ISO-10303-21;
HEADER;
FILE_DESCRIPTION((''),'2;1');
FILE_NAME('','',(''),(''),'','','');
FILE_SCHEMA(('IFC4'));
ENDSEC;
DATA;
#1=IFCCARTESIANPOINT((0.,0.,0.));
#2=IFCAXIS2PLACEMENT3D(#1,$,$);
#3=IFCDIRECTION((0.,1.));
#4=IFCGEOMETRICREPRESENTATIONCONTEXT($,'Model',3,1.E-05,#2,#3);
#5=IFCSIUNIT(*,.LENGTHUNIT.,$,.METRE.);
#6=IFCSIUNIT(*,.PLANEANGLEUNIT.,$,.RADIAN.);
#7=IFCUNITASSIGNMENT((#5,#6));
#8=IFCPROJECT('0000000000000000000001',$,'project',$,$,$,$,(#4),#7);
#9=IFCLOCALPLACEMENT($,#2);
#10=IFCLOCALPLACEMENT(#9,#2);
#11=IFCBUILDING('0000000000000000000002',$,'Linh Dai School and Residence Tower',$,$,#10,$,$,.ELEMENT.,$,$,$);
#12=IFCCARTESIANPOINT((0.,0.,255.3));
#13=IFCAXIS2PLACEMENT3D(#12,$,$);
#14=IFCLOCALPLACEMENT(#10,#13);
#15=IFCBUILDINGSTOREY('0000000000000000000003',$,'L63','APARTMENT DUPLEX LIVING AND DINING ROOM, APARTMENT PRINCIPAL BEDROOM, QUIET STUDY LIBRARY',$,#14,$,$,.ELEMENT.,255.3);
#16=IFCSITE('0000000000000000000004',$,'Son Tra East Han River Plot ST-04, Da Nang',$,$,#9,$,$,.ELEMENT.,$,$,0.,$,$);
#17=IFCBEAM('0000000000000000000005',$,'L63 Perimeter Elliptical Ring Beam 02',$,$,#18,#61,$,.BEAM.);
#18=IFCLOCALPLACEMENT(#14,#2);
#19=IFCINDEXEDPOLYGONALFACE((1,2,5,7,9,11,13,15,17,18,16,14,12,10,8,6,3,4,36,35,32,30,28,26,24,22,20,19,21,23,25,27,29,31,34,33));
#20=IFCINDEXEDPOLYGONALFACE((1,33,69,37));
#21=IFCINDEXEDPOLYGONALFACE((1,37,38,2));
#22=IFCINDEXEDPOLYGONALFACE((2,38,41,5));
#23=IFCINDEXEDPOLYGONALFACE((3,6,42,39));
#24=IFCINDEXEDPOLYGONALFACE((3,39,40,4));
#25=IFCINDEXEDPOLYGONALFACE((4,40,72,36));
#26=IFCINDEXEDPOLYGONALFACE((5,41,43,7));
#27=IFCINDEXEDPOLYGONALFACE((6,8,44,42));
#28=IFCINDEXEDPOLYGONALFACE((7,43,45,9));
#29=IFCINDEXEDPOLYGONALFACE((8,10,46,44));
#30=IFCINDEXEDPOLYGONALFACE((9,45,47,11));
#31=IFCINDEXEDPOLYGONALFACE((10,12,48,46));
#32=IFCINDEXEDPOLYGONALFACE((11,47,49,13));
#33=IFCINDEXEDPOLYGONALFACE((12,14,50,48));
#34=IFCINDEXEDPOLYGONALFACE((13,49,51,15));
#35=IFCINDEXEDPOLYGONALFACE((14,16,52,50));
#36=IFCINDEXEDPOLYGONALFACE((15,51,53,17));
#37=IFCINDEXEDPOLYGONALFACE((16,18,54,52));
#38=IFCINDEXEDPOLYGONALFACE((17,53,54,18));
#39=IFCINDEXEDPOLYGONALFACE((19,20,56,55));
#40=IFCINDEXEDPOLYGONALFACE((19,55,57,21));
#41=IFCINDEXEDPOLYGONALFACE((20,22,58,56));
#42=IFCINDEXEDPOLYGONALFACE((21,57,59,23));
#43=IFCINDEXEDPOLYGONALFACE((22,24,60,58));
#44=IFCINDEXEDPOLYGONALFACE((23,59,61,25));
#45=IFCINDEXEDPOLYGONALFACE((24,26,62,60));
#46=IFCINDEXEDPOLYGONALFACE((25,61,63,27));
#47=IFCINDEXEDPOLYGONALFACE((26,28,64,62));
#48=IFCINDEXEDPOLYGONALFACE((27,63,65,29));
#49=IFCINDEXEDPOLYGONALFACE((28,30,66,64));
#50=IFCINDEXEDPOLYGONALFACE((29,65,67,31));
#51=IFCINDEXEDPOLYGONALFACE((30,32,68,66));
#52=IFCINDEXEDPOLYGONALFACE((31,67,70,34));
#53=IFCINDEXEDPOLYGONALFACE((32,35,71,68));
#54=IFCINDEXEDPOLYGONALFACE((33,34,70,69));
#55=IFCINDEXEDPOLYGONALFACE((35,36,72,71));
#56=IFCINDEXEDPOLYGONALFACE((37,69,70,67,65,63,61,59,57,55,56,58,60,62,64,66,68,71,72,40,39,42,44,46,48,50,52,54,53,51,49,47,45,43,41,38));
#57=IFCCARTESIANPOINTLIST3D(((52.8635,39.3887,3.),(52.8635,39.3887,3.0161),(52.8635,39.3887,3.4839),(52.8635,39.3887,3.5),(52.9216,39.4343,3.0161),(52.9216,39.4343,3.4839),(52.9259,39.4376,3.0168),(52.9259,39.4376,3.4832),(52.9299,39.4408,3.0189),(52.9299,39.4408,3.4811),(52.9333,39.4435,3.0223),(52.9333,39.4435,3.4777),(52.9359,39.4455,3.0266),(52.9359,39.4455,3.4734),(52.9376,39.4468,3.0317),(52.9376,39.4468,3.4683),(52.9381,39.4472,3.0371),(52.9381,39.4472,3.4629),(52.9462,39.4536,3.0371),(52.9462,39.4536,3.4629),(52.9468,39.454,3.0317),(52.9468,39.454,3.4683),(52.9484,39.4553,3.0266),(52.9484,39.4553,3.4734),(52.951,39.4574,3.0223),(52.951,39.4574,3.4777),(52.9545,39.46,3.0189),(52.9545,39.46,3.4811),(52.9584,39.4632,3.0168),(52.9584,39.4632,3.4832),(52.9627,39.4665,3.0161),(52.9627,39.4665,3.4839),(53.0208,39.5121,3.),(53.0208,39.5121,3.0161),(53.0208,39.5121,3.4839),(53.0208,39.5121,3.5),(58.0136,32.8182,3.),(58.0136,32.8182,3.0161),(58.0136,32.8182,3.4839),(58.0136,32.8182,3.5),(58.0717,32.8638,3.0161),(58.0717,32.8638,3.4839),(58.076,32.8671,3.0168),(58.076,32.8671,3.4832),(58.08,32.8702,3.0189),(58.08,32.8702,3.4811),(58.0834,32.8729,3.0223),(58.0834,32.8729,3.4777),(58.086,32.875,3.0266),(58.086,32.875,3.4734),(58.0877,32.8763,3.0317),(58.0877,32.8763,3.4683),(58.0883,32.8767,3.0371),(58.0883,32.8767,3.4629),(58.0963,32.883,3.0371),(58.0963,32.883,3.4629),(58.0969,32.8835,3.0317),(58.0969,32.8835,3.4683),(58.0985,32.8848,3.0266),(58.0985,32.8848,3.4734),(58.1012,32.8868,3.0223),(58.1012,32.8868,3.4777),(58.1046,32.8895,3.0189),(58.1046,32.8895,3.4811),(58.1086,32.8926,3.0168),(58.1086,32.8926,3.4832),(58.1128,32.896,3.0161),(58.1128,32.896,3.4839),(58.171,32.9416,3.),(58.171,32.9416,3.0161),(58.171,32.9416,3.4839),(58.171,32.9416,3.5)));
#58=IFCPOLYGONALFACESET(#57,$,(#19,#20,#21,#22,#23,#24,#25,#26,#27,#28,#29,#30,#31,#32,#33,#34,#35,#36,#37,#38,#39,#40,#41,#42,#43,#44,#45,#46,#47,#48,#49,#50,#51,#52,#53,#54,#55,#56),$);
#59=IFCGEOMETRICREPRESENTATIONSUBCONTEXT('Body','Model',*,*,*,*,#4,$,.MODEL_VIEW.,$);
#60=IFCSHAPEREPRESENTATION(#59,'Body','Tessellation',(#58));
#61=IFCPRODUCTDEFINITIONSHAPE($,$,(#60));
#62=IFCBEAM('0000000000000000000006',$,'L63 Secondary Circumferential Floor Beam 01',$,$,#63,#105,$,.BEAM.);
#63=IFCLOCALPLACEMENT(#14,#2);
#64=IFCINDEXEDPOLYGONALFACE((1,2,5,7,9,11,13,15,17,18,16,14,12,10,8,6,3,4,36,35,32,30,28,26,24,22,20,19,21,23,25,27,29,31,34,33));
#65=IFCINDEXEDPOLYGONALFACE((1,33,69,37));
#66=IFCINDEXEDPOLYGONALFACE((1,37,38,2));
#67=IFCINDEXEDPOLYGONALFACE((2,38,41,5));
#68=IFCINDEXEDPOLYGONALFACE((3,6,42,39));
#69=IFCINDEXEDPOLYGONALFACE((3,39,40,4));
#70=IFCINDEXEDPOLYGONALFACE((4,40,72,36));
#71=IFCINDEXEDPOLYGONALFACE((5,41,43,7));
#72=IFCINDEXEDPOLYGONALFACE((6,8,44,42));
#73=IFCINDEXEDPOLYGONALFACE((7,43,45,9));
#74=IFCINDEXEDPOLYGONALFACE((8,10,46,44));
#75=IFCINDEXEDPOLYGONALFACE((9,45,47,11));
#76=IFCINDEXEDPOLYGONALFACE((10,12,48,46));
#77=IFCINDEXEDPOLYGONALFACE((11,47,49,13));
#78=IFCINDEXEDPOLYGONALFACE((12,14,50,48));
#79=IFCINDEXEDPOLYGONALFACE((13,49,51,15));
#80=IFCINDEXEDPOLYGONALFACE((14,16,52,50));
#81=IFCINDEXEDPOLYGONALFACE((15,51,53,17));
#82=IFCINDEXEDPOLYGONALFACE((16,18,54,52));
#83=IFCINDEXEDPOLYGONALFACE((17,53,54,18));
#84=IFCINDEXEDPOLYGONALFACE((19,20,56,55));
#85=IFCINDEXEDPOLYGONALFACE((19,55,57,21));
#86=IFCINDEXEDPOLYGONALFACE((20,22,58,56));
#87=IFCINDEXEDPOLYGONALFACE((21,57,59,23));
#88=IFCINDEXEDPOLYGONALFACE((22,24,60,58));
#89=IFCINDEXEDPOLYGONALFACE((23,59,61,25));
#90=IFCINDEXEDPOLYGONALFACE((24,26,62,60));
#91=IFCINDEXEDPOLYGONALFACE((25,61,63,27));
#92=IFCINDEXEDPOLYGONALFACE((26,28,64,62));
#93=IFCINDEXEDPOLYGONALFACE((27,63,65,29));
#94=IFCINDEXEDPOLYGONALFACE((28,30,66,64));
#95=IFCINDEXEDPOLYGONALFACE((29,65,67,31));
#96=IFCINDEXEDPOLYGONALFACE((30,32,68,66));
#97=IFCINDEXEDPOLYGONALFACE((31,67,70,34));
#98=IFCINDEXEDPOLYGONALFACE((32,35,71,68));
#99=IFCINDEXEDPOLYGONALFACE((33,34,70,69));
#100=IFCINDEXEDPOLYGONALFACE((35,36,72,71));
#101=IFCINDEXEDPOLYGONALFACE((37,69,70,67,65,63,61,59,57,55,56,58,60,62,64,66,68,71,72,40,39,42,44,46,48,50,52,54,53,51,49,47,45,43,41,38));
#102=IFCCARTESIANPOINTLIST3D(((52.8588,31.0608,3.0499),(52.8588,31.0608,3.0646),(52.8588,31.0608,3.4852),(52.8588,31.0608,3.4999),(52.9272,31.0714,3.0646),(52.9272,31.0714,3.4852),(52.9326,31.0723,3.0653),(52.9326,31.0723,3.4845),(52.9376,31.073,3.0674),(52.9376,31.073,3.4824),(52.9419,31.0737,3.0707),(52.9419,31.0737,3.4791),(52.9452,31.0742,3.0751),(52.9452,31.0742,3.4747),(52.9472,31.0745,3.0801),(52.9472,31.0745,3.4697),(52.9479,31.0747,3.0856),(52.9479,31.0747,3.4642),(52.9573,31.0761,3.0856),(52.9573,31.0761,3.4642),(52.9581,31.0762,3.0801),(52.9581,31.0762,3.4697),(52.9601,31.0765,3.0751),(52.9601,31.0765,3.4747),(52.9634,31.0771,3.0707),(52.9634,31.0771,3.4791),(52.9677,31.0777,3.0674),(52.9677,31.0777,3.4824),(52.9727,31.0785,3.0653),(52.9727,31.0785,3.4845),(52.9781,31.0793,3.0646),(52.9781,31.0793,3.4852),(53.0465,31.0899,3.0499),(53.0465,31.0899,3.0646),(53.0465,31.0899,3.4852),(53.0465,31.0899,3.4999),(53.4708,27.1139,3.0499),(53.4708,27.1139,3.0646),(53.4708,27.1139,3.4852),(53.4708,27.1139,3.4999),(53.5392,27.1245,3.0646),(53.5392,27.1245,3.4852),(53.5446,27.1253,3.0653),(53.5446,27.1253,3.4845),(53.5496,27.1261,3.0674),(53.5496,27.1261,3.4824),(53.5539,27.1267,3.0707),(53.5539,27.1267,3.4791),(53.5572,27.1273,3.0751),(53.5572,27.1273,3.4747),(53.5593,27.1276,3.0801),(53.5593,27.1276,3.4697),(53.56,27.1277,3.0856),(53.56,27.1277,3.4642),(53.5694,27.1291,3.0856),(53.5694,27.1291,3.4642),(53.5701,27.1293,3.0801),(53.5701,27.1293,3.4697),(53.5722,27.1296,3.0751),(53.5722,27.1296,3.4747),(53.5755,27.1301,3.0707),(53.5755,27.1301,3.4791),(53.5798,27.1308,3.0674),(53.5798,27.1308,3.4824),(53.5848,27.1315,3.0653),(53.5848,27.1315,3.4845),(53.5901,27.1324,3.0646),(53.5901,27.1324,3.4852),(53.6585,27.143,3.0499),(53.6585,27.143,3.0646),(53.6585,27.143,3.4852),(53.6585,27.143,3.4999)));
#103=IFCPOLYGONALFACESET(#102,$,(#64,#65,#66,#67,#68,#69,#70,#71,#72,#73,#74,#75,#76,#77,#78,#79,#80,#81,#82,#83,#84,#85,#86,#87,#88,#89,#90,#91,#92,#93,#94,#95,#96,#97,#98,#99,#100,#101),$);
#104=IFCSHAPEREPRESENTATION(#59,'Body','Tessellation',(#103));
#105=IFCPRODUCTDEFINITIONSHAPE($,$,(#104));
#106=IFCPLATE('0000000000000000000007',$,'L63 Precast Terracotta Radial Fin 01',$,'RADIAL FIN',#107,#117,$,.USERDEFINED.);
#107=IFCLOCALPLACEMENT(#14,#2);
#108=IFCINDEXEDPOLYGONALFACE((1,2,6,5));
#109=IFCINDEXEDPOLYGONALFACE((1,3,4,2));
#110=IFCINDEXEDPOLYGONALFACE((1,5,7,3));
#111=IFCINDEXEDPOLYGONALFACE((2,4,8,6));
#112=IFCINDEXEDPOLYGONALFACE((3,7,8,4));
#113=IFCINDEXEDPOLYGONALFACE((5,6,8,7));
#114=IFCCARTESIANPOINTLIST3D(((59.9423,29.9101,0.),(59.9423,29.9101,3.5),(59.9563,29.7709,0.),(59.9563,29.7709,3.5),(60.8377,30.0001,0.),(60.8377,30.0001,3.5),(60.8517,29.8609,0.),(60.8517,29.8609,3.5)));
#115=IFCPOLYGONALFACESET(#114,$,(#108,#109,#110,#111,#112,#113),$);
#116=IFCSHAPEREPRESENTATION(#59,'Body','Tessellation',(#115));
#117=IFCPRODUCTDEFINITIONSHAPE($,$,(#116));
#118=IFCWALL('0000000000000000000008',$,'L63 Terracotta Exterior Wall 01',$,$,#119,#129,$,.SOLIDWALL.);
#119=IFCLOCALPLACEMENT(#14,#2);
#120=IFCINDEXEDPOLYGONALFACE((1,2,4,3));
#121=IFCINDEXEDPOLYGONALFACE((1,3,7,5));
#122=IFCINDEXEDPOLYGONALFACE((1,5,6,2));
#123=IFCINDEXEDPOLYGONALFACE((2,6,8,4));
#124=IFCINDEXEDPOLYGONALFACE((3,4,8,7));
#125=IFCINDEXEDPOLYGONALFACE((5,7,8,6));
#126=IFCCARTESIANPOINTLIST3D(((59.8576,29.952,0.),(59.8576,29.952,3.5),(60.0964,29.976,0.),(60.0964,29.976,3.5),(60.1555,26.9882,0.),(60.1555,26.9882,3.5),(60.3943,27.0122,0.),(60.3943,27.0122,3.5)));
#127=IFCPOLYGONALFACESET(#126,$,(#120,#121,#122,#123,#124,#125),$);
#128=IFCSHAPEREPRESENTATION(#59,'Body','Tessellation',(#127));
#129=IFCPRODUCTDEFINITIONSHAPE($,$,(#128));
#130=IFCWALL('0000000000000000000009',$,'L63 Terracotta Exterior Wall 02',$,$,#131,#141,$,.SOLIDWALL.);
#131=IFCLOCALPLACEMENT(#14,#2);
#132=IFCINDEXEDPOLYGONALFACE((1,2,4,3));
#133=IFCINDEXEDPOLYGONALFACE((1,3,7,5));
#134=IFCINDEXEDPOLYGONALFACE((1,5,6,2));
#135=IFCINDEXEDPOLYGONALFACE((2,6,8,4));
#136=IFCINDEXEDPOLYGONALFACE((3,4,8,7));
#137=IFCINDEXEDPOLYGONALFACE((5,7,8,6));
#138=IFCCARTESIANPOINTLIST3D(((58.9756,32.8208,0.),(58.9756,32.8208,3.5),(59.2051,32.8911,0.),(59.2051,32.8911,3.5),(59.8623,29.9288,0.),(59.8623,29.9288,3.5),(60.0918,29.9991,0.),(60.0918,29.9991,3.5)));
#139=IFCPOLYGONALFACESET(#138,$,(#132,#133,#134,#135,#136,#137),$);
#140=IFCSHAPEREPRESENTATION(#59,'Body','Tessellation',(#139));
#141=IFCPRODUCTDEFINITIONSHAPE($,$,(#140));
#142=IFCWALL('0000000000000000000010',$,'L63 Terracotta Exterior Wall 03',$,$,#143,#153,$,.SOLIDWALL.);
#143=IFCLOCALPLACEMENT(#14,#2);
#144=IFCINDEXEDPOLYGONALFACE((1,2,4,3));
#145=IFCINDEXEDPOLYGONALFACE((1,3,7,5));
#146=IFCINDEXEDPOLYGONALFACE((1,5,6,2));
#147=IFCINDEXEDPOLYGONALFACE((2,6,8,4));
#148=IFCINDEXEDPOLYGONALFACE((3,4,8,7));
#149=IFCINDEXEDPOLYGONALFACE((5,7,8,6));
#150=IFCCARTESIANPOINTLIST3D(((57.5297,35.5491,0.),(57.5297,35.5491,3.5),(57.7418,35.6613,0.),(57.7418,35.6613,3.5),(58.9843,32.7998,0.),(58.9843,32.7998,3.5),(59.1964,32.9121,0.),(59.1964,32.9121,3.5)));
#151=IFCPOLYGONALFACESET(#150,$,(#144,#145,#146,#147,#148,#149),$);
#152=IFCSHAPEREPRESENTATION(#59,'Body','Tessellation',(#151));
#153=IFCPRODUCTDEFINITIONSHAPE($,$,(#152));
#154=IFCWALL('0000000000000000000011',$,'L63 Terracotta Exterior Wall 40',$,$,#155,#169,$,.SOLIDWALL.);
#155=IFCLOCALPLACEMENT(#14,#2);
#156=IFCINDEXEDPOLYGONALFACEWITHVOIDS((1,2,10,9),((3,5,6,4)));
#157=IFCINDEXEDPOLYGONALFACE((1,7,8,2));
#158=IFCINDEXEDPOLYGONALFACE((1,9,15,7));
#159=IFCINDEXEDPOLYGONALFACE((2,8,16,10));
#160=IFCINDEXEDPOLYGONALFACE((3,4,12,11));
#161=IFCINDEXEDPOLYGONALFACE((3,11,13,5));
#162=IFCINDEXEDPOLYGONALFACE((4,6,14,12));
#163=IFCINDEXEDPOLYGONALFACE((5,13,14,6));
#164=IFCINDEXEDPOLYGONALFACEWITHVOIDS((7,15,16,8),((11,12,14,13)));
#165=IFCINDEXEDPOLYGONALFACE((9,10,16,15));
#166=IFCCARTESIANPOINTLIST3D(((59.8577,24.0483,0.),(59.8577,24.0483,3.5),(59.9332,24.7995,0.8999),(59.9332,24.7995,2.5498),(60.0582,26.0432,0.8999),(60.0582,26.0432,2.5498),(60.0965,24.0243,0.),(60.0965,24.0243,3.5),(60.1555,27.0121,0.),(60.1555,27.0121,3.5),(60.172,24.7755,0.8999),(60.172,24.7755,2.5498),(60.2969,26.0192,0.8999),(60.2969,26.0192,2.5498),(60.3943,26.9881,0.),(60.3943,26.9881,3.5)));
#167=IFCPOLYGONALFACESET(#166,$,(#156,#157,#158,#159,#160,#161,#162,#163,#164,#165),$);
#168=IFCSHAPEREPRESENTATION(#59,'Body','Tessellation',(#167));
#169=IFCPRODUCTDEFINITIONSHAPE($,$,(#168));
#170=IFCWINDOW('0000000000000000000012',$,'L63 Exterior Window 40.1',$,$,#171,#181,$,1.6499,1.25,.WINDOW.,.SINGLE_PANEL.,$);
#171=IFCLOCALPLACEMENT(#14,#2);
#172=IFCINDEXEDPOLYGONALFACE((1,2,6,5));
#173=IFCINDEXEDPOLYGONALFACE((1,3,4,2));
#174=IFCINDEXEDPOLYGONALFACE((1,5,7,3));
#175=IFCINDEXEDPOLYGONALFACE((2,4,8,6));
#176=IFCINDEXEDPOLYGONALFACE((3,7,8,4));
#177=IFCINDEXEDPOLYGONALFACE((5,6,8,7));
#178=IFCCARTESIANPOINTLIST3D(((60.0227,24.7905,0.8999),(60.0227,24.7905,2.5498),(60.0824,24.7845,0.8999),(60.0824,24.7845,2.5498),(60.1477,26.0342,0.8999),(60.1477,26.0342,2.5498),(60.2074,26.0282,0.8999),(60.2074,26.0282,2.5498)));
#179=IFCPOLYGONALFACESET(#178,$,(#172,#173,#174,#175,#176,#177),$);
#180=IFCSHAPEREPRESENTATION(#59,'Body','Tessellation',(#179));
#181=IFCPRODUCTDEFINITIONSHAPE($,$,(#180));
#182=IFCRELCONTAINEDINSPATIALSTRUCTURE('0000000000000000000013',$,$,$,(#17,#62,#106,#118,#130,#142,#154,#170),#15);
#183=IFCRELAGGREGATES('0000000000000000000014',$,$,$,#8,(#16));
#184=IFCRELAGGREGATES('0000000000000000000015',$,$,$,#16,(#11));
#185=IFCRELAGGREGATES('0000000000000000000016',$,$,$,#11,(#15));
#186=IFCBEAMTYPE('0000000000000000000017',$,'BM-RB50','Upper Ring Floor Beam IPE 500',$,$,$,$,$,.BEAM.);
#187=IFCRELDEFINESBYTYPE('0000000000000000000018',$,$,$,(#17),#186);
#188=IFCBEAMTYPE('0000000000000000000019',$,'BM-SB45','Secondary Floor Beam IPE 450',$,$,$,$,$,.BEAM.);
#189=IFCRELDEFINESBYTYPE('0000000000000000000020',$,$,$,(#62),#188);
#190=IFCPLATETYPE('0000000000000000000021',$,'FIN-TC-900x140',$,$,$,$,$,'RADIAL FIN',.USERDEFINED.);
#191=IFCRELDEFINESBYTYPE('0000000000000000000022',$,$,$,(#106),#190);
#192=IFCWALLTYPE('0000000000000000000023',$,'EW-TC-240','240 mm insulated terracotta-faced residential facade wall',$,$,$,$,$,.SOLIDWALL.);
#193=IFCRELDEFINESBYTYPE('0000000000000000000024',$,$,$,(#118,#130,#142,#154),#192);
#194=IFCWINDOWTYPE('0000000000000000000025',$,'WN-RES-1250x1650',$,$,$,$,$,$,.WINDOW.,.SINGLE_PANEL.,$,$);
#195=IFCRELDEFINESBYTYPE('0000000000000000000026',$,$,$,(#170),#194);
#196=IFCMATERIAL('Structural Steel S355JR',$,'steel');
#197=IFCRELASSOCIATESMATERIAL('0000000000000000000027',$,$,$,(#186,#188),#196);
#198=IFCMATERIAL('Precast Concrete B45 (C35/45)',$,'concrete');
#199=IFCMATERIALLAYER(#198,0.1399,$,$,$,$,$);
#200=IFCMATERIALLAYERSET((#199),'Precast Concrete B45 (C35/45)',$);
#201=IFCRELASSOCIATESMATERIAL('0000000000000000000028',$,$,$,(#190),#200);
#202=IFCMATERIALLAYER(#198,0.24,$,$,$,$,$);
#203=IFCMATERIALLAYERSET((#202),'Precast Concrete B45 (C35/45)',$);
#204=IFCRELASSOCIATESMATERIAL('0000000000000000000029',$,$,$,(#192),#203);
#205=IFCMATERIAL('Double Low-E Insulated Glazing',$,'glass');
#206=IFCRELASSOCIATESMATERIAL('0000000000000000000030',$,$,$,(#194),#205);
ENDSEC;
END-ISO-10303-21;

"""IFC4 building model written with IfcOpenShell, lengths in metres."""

from ifc_helpers import new_model, si_unit, direction, frame, frame_2d, origin, origin_2d, place, context, subcontext, project, spatial, rectangle, i_section, extrude, source, transform, mapped, material, layer, layer_set, material_profile, profile_set, type_object, element, fill, save


model = new_model("IFC4")

# Units and contexts
model_context = context("Model", 3, precision=1e-05, world=origin(), true_north=direction((0.0, 1.0)))
body_context = subcontext(model_context, "Body", "Model", "MODEL_VIEW")
ifc_project = project(units=[si_unit("LENGTHUNIT", "METRE"), si_unit("PLANEANGLEUNIT", "RADIAN")], contexts=[model_context])

# Site, building, storey
site_placement = place(None, origin())
site = spatial("IfcSite", under=ifc_project, at=site_placement, Name="Son Tra East Han River Plot ST-04, Da Nang", CompositionType="ELEMENT", RefElevation=0.0)
building_placement = place(site_placement, origin())
building = spatial("IfcBuilding", under=site, at=building_placement, Name="Linh Dai School and Residence Tower", CompositionType="ELEMENT")
storey_placement = place(building_placement, frame((0.0, 0.0, 255.3)))
storey = spatial("IfcBuildingStorey", under=building, at=storey_placement, Name="L63", Description="APARTMENT DUPLEX LIVING AND DINING ROOM, APARTMENT PRINCIPAL BEDROOM, QUIET STUDY LIBRARY", CompositionType="ELEMENT", Elevation=255.3)

# Shared definitions
ifc_material_1 = material(Name="Structural Steel S355JR", Category="steel")

# Beams
ifc_material_profile_1 = material_profile(ifc_material_1, i_section(OverallWidth=0.2, OverallDepth=0.5, WebThickness=0.0103, FlangeThickness=0.0161, FilletRadius=0.021, at=origin_2d()), Name="IPE 500")
ifc_profile_set_1 = profile_set([ifc_material_profile_1], Name="Structural Steel S355JR")
beam_type_1 = type_object("IfcBeamType", Name="BM-RB50", Description="Upper Ring Floor Beam IPE 500", PredefinedType="BEAM", material=ifc_profile_set_1)
beam_1_placement = place(storey_placement, frame((58.0923, 32.8799, 3.25), z_axis=(-0.6169, 0.787041, 0.0), x_axis=(-0.787041, -0.6169, 0.0)))
element("IfcBeam", 1, at=beam_1_placement, inside=storey, type_object=beam_type_1, Name="L63 Perimeter Elliptical Ring Beam 02", PredefinedType="BEAM", context=body_context, shape_type="SweptSolid", body=[
    extrude(i_section(OverallWidth=0.2, OverallDepth=0.5, WebThickness=0.0103, FlangeThickness=0.0161, FilletRadius=0.021, at=origin_2d()), origin(), (0.0, 0.0, 1.0), 8.3484),
])
ifc_material_profile_2 = material_profile(ifc_material_1, i_section(OverallWidth=0.1899, OverallDepth=0.45, WebThickness=0.0095, FlangeThickness=0.0146, FilletRadius=0.021, at=origin_2d()), Name="IPE 450")
ifc_profile_set_2 = profile_set([ifc_material_profile_2], Name="Structural Steel S355JR")
beam_type_2 = type_object("IfcBeamType", Name="BM-SB45", Description="Secondary Floor Beam IPE 450", PredefinedType="BEAM", material=ifc_profile_set_2)
beam_2_placement = place(storey_placement, frame((53.5647, 27.1284, 3.2749), z_axis=(-0.153238, 0.988189, 0.0), x_axis=(-0.988189, -0.153238, 0.0)))
element("IfcBeam", 2, at=beam_2_placement, inside=storey, type_object=beam_type_2, Name="L63 Secondary Circumferential Floor Beam 01", PredefinedType="BEAM", context=body_context, shape_type="SweptSolid", body=[
    extrude(i_section(OverallWidth=0.1899, OverallDepth=0.45, WebThickness=0.0095, FlangeThickness=0.0146, FilletRadius=0.021, at=origin_2d()), origin(), (0.0, 0.0, 1.0), 3.9941),
])

# Plate
ifc_material_2 = material(Name="Precast Concrete B45 (C35/45)", Category="concrete")
ifc_layer_1 = layer(ifc_material_2, 0.1399)
ifc_layer_set_1 = layer_set([ifc_layer_1], Name="Precast Concrete B45 (C35/45)")
plate_type = type_object("IfcPlateType", Name="FIN-TC-900x140", ElementType="RADIAL FIN", PredefinedType="USERDEFINED", material=ifc_layer_set_1)
shared_shape_1 = source(origin(), body_context, "Body", "SweptSolid", [
    extrude(rectangle(XDim=0.8999, YDim=0.1399, at=origin_2d()), origin(), (0.0, 0.0, 1.0), 3.5),
])
plate_placement = place(storey_placement, frame((60.397, 29.8855, 0.0), z_axis=(0.0, 0.0, 1.0), x_axis=(0.994986, 0.100012, 0.0)))
element("IfcPlate", 3, at=plate_placement, inside=storey, type_object=plate_type, Name="L63 Precast Terracotta Radial Fin 01", ObjectType="RADIAL FIN", PredefinedType="USERDEFINED", context=body_context, shape_type="MappedRepresentation", body=[
    mapped(shared_shape_1, transform((0.0, 0.0, 0.0), x_axis=(1.0, 0.0, 0.0), y_axis=(0.0, 1.0, 0.0), z_axis=(0.0, 0.0, 1.0), scale=1.0)),
])

# Walls
ifc_layer_2 = layer(ifc_material_2, 0.24)
ifc_layer_set_2 = layer_set([ifc_layer_2], Name="Precast Concrete B45 (C35/45)")
wall_type_1 = type_object("IfcWallType", Name="EW-TC-240", Description="240 mm insulated terracotta-faced residential facade wall", PredefinedType="SOLIDWALL", material=ifc_layer_set_2)
wall_1_placement = place(storey_placement, frame((59.9771, 29.9639, 0.0), z_axis=(0.0, 0.0, 1.0), x_axis=(0.099991, -0.994988, 0.0)))
element("IfcWall", 4, at=wall_1_placement, inside=storey, type_object=wall_type_1, Name="L63 Terracotta Exterior Wall 01", PredefinedType="SOLIDWALL", context=body_context, shape_type="SweptSolid", body=[
    extrude(rectangle(XDim=2.9788, YDim=0.24, at=frame_2d((1.4893, 0.0))), origin(), (0.0, 0.0, 1.0), 3.5),
])
wall_2_placement = place(storey_placement, frame((59.0903, 32.856, 0.0), z_axis=(0.0, 0.0, 1.0), x_axis=(0.293133, -0.956072, 0.0)))
element("IfcWall", 5, at=wall_2_placement, inside=storey, type_object=wall_type_1, Name="L63 Terracotta Exterior Wall 02", PredefinedType="SOLIDWALL", context=body_context, shape_type="SweptSolid", body=[
    extrude(rectangle(XDim=3.0249, YDim=0.24, at=frame_2d((1.5125, 0.0))), origin(), (0.0, 0.0, 1.0), 3.5),
])
wall_3_placement = place(storey_placement, frame((57.6357, 35.6052, 0.0), z_axis=(0.0, 0.0, 1.0), x_axis=(0.46766, -0.883908, 0.0)))
element("IfcWall", 6, at=wall_3_placement, inside=storey, type_object=wall_type_1, Name="L63 Terracotta Exterior Wall 03", PredefinedType="SOLIDWALL", context=body_context, shape_type="SweptSolid", body=[
    extrude(rectangle(XDim=3.1104, YDim=0.24, at=frame_2d((1.5552, 0.0))), origin(), (0.0, 0.0, 1.0), 3.5),
])

# Wall, opening, window
wall_4_placement = place(storey_placement, frame((60.2749, 27.0, 0.0), z_axis=(0.0, 0.0, 1.0), x_axis=(-0.099991, -0.994988, 0.0)))
wall_4 = element("IfcWall", 7, at=wall_4_placement, inside=storey, type_object=wall_type_1, Name="L63 Terracotta Exterior Wall 40", PredefinedType="SOLIDWALL", context=body_context, shape_type="SweptSolid", body=[
    extrude(rectangle(XDim=2.9788, YDim=0.24, at=frame_2d((1.4893, 0.0))), origin(), (0.0, 0.0, 1.0), 3.5),
])
opening_1_placement = place(wall_4_placement, frame((0.9736, 0.0, 0.8999)))
opening_1 = element("IfcOpeningElement", 8, at=opening_1_placement, cuts=wall_4, PredefinedType="OPENING", context=body_context, shape_type="SweptSolid", body=[
    extrude(rectangle(XDim=1.25, YDim=1.6499, at=origin_2d()), frame((0.625, 0.1299, 0.825), z_axis=(0.0, -1.0, 0.0), x_axis=(1.0, 0.0, 0.0)), (0.0, 0.0, 1.0), 0.26),
])
ifc_material_3 = material(Name="Double Low-E Insulated Glazing", Category="glass")
window_type = type_object("IfcWindowType", Name="WN-RES-1250x1650", PartitioningType="SINGLE_PANEL", PredefinedType="WINDOW", material=ifc_material_3)
shared_shape_2 = source(origin(), body_context, "Body", "SweptSolid", [
    extrude(rectangle(XDim=1.25, YDim=1.6499, at=origin_2d()), frame((0.625, 0.03, 0.825), z_axis=(0.0, -1.0, 0.0), x_axis=(1.0, 0.0, 0.0)), (0.0, 0.0, 1.0), 0.0601),
])
window_placement = place(opening_1_placement, origin())
window = element("IfcWindow", 9, at=window_placement, inside=storey, type_object=window_type, Name="L63 Exterior Window 40.1", OverallHeight=1.6499, OverallWidth=1.25, PartitioningType="SINGLE_PANEL", PredefinedType="WINDOW", context=body_context, shape_type="MappedRepresentation", body=[
    mapped(shared_shape_2, transform((0.0, 0.0, 0.0), x_axis=(1.0, 0.0, 0.0), y_axis=(0.0, 1.0, 0.0), z_axis=(0.0, 0.0, 1.0), scale=1.0)),
])
fill(opening_1, window)

save(model, "model.ifc")
